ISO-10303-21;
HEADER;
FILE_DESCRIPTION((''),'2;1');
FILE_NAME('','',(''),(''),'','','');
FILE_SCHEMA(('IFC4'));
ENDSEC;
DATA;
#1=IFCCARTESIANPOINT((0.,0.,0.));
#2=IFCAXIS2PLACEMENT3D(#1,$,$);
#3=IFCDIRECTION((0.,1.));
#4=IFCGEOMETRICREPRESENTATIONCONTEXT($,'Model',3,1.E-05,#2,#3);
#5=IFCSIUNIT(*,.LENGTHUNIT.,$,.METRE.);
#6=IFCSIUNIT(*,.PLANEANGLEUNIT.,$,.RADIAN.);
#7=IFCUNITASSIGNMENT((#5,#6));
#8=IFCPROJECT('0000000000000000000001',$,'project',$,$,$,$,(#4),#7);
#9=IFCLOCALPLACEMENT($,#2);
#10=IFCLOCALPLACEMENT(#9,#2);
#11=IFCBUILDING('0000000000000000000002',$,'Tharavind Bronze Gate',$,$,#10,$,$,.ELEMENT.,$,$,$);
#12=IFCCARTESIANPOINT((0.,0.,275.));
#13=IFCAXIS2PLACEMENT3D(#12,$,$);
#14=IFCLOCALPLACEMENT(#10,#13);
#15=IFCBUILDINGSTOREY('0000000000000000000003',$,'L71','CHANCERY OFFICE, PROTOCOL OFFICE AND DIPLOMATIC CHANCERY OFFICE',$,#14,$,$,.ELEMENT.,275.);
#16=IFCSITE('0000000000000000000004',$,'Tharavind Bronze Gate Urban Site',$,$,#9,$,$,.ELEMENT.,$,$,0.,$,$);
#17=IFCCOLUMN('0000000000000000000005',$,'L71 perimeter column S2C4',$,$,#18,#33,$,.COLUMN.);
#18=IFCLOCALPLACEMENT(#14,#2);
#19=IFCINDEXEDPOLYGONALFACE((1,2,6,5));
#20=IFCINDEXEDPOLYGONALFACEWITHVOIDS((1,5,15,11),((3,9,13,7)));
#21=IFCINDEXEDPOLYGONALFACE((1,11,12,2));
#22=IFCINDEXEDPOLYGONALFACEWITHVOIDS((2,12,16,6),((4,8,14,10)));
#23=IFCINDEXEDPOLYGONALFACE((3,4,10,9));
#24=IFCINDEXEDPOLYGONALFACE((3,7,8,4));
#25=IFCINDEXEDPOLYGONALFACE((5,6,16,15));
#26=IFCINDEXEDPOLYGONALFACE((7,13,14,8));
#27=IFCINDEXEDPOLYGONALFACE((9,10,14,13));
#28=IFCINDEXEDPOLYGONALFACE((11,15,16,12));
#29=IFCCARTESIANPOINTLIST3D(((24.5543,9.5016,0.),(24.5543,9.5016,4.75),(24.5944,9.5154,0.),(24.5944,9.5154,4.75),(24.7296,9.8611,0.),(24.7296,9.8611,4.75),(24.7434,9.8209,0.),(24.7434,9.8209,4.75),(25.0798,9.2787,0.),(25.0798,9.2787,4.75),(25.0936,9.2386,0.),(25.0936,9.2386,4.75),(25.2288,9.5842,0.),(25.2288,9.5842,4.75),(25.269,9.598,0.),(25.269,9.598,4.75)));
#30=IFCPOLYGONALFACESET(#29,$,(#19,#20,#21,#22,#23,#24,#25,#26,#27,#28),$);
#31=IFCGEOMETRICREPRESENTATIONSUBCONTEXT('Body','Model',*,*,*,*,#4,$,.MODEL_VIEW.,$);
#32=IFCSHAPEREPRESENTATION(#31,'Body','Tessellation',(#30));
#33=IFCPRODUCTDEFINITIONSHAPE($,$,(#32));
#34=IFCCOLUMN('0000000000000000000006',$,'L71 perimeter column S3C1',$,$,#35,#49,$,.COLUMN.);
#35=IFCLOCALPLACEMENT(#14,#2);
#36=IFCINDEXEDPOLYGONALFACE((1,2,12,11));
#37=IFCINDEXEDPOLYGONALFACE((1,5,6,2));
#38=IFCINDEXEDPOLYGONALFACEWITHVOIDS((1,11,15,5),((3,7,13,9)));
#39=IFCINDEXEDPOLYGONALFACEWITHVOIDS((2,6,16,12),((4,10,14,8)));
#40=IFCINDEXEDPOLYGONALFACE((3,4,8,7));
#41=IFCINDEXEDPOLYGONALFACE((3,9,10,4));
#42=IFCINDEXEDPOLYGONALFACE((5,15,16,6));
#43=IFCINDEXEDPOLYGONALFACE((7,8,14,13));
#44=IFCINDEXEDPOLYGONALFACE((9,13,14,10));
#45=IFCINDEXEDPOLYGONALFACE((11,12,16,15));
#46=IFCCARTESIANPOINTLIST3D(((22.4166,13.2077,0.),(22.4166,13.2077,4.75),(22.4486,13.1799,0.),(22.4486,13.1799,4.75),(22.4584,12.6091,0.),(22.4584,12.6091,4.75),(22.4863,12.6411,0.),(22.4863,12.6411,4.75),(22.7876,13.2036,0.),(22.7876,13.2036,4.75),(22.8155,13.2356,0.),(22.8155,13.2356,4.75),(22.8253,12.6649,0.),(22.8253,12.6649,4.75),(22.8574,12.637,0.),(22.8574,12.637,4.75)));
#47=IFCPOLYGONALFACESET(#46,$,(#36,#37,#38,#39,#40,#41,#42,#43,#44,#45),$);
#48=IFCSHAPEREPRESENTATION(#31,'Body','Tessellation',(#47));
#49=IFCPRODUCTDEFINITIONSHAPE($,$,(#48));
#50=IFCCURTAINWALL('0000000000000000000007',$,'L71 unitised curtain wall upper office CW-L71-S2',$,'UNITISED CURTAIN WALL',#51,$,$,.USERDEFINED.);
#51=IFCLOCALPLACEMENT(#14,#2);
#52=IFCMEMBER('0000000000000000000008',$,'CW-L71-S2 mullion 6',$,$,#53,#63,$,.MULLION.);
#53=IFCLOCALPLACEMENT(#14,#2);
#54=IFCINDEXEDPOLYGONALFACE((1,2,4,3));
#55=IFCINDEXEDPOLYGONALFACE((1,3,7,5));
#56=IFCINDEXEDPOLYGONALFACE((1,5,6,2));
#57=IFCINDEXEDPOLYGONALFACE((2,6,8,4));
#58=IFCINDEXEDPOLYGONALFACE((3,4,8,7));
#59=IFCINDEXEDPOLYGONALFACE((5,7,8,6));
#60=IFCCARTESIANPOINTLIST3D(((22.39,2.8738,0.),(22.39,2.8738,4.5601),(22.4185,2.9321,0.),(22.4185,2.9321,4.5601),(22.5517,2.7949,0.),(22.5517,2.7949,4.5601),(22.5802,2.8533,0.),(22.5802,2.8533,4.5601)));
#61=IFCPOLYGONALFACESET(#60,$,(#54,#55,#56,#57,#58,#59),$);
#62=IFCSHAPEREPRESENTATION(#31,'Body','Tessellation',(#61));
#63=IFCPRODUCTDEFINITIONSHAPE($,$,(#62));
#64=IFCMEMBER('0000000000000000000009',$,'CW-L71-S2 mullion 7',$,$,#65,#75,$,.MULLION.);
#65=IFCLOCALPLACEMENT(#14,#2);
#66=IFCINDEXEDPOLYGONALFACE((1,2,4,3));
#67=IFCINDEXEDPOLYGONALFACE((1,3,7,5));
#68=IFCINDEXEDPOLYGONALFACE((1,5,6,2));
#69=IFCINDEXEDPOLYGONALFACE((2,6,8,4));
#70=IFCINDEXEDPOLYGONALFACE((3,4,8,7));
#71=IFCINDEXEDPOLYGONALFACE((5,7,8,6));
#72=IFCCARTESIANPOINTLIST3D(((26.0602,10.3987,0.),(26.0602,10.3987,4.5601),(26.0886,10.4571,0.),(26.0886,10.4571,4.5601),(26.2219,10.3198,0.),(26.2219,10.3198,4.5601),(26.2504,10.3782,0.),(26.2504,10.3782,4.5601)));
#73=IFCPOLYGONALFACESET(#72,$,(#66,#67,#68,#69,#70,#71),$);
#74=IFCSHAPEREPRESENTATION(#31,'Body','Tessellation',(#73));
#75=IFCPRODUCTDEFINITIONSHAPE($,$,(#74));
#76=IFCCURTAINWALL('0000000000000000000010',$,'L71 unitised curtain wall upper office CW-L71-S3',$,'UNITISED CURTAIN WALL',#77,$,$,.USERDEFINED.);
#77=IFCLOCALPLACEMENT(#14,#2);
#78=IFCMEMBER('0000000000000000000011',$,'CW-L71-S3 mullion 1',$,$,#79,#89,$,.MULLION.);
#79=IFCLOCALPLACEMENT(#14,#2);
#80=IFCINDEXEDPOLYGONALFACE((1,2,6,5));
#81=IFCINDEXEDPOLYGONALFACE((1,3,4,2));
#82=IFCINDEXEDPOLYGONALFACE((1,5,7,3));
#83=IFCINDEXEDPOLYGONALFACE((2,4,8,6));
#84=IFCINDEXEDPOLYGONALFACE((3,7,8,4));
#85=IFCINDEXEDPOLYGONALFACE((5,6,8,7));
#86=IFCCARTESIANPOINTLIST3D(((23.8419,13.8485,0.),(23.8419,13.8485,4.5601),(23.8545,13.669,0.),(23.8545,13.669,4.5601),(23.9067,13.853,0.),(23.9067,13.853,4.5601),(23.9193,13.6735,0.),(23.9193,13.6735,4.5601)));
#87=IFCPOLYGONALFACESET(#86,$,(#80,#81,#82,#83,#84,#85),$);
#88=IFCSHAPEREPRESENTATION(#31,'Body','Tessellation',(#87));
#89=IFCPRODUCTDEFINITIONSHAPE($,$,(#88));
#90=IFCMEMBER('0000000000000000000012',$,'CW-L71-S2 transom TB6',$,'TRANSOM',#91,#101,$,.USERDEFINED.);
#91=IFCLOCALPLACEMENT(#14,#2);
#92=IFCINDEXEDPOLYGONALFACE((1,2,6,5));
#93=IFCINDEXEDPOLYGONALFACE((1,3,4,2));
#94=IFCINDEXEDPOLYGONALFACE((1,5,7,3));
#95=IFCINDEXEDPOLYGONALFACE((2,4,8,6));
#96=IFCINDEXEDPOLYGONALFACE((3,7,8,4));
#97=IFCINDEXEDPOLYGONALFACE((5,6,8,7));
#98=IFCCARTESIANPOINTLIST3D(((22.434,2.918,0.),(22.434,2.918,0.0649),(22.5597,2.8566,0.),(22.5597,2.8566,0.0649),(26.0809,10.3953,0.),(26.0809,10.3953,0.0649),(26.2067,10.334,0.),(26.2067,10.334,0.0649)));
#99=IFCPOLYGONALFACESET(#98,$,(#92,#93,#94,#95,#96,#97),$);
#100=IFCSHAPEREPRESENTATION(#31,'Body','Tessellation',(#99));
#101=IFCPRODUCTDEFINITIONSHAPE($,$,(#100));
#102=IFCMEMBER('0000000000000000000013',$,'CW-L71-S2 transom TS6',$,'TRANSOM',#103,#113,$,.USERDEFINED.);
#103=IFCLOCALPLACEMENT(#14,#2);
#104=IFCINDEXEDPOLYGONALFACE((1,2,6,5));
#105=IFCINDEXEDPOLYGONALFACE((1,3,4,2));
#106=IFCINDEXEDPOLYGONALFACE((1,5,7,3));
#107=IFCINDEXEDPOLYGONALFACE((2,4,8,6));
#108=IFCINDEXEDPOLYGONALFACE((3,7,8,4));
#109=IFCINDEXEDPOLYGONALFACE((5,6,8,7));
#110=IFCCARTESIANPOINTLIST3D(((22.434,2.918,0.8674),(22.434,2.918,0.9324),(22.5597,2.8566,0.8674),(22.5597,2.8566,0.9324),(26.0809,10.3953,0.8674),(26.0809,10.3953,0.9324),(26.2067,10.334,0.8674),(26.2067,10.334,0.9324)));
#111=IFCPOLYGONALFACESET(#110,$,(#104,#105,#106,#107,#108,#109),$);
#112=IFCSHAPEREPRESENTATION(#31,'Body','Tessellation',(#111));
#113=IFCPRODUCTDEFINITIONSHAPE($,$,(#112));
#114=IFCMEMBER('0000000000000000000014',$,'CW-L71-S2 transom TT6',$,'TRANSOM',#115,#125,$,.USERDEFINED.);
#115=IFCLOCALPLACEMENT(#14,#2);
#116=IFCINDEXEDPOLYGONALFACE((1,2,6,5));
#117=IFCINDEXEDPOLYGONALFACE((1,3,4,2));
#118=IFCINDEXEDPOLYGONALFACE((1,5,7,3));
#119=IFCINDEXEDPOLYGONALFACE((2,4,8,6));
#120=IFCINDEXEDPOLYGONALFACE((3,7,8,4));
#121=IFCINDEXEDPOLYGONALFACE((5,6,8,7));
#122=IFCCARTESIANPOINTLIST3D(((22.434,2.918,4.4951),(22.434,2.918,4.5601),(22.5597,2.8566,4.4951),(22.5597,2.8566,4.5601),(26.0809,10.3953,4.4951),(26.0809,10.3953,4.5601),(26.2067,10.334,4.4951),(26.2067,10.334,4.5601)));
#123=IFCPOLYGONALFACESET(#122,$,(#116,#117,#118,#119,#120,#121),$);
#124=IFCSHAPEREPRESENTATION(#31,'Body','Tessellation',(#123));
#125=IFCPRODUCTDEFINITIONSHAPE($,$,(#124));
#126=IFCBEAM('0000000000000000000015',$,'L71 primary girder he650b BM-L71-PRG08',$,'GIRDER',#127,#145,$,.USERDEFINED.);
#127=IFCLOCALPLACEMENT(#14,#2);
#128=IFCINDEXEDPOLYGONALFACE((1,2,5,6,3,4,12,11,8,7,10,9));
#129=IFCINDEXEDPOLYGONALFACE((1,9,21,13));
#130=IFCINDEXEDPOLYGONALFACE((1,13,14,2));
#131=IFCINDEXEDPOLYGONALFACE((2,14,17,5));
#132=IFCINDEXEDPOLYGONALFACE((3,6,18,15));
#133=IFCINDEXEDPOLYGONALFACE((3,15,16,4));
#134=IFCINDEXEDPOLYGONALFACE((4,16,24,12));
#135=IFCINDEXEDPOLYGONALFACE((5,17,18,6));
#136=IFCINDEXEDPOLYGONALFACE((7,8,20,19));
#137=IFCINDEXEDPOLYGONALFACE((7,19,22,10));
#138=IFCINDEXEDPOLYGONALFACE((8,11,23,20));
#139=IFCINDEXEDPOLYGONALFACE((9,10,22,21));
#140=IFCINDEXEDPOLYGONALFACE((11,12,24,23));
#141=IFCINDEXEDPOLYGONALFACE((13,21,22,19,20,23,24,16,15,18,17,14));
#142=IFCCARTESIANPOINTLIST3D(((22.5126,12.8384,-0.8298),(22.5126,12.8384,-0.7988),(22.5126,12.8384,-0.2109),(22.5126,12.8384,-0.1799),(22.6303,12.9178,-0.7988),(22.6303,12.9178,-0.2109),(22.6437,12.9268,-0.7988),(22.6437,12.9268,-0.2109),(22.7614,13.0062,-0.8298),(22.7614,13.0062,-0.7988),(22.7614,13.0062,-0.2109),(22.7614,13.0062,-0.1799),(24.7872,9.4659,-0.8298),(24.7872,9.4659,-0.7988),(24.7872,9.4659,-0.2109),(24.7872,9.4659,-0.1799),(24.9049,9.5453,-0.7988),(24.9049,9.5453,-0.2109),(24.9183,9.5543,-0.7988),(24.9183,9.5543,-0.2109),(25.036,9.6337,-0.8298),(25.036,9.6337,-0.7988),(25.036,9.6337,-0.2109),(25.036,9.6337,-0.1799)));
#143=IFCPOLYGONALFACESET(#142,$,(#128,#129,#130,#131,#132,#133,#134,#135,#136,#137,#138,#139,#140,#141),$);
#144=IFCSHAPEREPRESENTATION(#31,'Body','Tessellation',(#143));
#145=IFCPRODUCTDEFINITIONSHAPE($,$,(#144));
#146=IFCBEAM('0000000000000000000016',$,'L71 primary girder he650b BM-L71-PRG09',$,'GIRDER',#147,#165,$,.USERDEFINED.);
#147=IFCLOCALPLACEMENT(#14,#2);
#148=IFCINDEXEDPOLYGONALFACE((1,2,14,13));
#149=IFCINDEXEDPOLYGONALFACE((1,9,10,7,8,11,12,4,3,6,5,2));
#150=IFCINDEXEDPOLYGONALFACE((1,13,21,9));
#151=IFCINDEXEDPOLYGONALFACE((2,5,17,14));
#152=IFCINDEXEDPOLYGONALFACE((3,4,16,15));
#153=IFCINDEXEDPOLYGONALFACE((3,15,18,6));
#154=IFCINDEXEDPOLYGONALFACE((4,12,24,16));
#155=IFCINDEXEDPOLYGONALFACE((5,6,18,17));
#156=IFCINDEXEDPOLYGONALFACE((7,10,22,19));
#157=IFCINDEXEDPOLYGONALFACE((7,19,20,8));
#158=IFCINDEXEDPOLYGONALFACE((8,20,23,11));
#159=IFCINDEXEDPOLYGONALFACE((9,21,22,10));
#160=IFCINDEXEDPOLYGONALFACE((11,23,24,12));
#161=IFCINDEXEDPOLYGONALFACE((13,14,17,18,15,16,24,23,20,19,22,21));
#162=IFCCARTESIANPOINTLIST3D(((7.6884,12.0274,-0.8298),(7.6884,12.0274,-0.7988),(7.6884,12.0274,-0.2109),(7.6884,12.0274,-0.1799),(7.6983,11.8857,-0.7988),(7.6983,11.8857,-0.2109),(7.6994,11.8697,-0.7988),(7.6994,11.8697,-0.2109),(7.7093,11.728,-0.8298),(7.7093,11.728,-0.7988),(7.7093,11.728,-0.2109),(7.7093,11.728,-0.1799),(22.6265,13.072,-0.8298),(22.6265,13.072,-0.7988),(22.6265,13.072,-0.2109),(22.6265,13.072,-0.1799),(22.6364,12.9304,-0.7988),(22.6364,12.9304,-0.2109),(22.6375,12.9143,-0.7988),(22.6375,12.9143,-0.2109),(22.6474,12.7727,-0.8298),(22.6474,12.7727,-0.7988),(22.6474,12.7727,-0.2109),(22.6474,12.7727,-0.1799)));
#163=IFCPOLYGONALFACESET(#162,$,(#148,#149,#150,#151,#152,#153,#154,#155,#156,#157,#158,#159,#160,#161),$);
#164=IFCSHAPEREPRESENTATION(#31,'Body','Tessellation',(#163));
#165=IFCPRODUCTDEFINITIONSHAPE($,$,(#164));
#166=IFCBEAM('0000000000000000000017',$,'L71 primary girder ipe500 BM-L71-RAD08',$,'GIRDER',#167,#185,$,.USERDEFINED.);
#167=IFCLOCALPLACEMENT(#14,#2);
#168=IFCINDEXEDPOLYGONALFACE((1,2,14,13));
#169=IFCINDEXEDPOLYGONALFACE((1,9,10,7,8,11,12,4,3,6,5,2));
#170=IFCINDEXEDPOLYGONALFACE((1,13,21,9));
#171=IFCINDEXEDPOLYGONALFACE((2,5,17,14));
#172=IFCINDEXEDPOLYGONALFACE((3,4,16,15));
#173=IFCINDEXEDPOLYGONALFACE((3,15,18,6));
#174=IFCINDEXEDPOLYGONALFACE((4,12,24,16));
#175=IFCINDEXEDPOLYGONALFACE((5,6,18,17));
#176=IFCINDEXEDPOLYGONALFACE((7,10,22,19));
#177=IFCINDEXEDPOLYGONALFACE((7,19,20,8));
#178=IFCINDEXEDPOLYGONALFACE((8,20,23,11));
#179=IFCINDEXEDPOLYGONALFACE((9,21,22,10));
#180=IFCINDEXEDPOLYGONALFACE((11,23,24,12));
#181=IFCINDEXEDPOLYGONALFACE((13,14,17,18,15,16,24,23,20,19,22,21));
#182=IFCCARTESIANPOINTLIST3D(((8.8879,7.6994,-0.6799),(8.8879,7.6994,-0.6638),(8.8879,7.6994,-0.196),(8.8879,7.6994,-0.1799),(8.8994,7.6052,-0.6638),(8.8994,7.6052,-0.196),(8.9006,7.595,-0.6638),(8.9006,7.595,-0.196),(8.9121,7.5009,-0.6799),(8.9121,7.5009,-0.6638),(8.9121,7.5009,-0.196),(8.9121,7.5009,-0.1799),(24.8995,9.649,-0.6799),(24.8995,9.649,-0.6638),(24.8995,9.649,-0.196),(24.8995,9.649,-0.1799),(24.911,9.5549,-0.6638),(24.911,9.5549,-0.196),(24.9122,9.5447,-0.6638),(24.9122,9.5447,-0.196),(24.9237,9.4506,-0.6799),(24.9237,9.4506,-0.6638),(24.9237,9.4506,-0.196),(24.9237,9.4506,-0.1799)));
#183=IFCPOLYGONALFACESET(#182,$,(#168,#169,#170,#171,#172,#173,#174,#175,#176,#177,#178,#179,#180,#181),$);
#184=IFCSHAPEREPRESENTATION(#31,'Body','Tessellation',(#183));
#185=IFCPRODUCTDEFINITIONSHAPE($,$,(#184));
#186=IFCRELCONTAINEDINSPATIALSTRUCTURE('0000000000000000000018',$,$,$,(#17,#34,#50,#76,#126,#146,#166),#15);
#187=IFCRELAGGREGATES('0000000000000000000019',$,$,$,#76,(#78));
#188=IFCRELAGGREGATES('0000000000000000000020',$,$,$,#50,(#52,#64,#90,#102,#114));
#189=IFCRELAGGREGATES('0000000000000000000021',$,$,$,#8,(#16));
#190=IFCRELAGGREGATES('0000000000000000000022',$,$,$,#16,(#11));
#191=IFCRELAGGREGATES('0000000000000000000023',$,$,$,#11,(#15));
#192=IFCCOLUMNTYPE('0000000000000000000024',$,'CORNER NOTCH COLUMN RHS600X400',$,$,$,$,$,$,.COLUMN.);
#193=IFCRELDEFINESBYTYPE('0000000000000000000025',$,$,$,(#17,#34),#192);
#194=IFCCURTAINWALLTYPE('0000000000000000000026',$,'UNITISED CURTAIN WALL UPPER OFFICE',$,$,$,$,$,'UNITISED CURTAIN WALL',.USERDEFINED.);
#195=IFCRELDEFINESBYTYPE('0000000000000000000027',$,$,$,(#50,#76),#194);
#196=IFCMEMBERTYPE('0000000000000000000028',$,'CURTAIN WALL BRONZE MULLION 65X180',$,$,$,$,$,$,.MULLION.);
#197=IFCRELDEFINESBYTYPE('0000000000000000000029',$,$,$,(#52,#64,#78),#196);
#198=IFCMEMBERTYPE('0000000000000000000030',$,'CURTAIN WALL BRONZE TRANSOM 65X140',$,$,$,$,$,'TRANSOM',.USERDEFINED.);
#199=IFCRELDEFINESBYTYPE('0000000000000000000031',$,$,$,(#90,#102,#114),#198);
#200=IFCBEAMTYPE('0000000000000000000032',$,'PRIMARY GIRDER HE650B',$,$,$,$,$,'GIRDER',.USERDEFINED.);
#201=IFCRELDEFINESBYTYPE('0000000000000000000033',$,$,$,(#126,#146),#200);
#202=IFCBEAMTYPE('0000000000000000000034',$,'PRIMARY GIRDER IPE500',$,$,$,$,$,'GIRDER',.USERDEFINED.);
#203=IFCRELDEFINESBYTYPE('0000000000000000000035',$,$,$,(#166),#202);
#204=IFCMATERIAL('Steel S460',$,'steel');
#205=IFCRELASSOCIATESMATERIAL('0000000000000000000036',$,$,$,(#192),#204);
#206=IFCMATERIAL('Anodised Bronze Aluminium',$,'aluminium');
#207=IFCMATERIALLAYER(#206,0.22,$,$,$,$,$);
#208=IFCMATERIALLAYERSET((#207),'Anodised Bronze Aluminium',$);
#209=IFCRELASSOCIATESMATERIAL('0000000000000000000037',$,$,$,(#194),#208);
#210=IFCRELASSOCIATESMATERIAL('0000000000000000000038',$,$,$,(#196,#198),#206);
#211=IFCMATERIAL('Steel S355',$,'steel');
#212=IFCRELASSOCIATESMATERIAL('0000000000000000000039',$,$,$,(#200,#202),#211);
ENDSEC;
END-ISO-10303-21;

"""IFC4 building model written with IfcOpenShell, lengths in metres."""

from ifc_helpers import new_model, si_unit, direction, frame, origin, origin_2d, place, context, subcontext, project, spatial, rectangle, hollow_rectangle, i_section, extrude, material, layer, layer_set, material_profile, profile_set, type_object, element, aggregate, save


model = new_model("IFC4")

# Units and contexts
model_context = context("Model", 3, precision=1e-05, world=origin(), true_north=direction((0.0, 1.0)))
body_context = subcontext(model_context, "Body", "Model", "MODEL_VIEW")
ifc_project = project(units=[si_unit("LENGTHUNIT", "METRE"), si_unit("PLANEANGLEUNIT", "RADIAN")], contexts=[model_context])

# Site, building, storey
site_placement = place(None, origin())
site = spatial("IfcSite", under=ifc_project, at=site_placement, Name="Tharavind Bronze Gate Urban Site", CompositionType="ELEMENT", RefElevation=0.0)
building_placement = place(site_placement, origin())
building = spatial("IfcBuilding", under=site, at=building_placement, Name="Tharavind Bronze Gate", CompositionType="ELEMENT")
storey_placement = place(building_placement, frame((0.0, 0.0, 275.0)))
storey = spatial("IfcBuildingStorey", under=building, at=storey_placement, Name="L71", Description="CHANCERY OFFICE, PROTOCOL OFFICE AND DIPLOMATIC CHANCERY OFFICE", CompositionType="ELEMENT", Elevation=275.0)

# Columns
ifc_material_1 = material(Name="Steel S460", Category="steel")
ifc_material_profile_1 = material_profile(ifc_material_1, hollow_rectangle(XDim=0.3999, YDim=0.6001, WallThickness=0.03, at=origin_2d()), Name="RHS600X400X30")
ifc_profile_set_1 = profile_set([ifc_material_profile_1], Name="Steel S460")
column_type = type_object("IfcColumnType", Name="CORNER NOTCH COLUMN RHS600X400", PredefinedType="COLUMN", material=ifc_profile_set_1)
for number, where, z_axis, x_axis, name in (
    (1, (24.9116, 9.5498, 0.0), (0.0, 0.0, 1.0), (0.438373, 0.898793, 0.0), "L71 perimeter column S2C4"),
    (2, (22.637, 12.9224, 0.0), (0.0, 0.0, 1.0), (0.997564, 0.069758, 0.0), "L71 perimeter column S3C1"),
):
    element("IfcColumn", number, at=place(storey_placement, frame(where, z_axis=z_axis, x_axis=x_axis)), inside=storey, type_object=column_type, Name=name, PredefinedType="COLUMN", context=body_context, shape_type="SweptSolid", body=[
        extrude(hollow_rectangle(XDim=0.3999, YDim=0.6001, WallThickness=0.03, at=origin_2d()), origin(), (0.0, 0.0, 1.0), 4.75),
    ])

# Curtain wall, members
ifc_material_2 = material(Name="Anodised Bronze Aluminium", Category="aluminium")
ifc_layer_1 = layer(ifc_material_2, 0.22)
ifc_layer_set_1 = layer_set([ifc_layer_1], Name="Anodised Bronze Aluminium")
curtain_wall_type = type_object("IfcCurtainWallType", Name="UNITISED CURTAIN WALL UPPER OFFICE", ElementType="UNITISED CURTAIN WALL", PredefinedType="USERDEFINED", material=ifc_layer_set_1)
curtain_wall_1_placement = place(storey_placement, origin())
curtain_wall_1 = element("IfcCurtainWall", 3, at=curtain_wall_1_placement, inside=storey, type_object=curtain_wall_type, Name="L71 unitised curtain wall upper office CW-L71-S2", ObjectType="UNITISED CURTAIN WALL", PredefinedType="USERDEFINED")
member_type_1 = type_object("IfcMemberType", Name="CURTAIN WALL BRONZE MULLION 65X180", PredefinedType="MULLION", material=ifc_material_2)
member_1_placement = place(storey_placement, frame((22.4851, 2.8635, 0.0), z_axis=(0.0, 0.0, 1.0), x_axis=(0.438373, 0.898793, 0.0)))
member_1 = element("IfcMember", 4, at=member_1_placement, type_object=member_type_1, Name="CW-L71-S2 mullion 6", PredefinedType="MULLION", context=body_context, shape_type="SweptSolid", body=[
    extrude(rectangle(XDim=0.0649, YDim=0.1799, at=origin_2d()), origin(), (0.0, 0.0, 1.0), 4.5601),
])
member_2_placement = place(storey_placement, frame((26.1553, 10.3884, 0.0), z_axis=(0.0, 0.0, 1.0), x_axis=(0.438373, 0.898793, 0.0)))
member_2 = element("IfcMember", 5, at=member_2_placement, type_object=member_type_1, Name="CW-L71-S2 mullion 7", PredefinedType="MULLION", context=body_context, shape_type="SweptSolid", body=[
    extrude(rectangle(XDim=0.0649, YDim=0.1799, at=origin_2d()), origin(), (0.0, 0.0, 1.0), 4.5601),
])

# Curtain wall, member
curtain_wall_2_placement = place(storey_placement, origin())
curtain_wall_2 = element("IfcCurtainWall", 6, at=curtain_wall_2_placement, inside=storey, type_object=curtain_wall_type, Name="L71 unitised curtain wall upper office CW-L71-S3", ObjectType="UNITISED CURTAIN WALL", PredefinedType="USERDEFINED")
member_3_placement = place(storey_placement, frame((23.8806, 13.761, 0.0), z_axis=(0.0, 0.0, 1.0), x_axis=(-0.997564, -0.06976, 0.0)))
member_3 = element("IfcMember", 7, at=member_3_placement, type_object=member_type_1, Name="CW-L71-S3 mullion 1", PredefinedType="MULLION", context=body_context, shape_type="SweptSolid", body=[
    extrude(rectangle(XDim=0.0649, YDim=0.1799, at=origin_2d()), origin(), (0.0, 0.0, 1.0), 4.5601),
])
aggregate(curtain_wall_2, [member_3])

# Members
member_type_2 = type_object("IfcMemberType", Name="CURTAIN WALL BRONZE TRANSOM 65X140", ElementType="TRANSOM", PredefinedType="USERDEFINED", material=ifc_material_2)
member_4_placement = place(storey_placement, frame((24.3203, 6.626, 0.0), z_axis=(0.0, 0.0, 1.0), x_axis=(0.438373, 0.898793, 0.0)))
member_4 = element("IfcMember", 8, at=member_4_placement, type_object=member_type_2, Name="CW-L71-S2 transom TB6", ObjectType="TRANSOM", PredefinedType="USERDEFINED", context=body_context, shape_type="SweptSolid", body=[
    extrude(rectangle(XDim=8.3193, YDim=0.1399, at=origin_2d()), origin(), (0.0, 0.0, 1.0), 0.0649),
])
member_5_placement = place(storey_placement, frame((24.3203, 6.626, 0.8674), z_axis=(0.0, 0.0, 1.0), x_axis=(0.438373, 0.898793, 0.0)))
member_5 = element("IfcMember", 9, at=member_5_placement, type_object=member_type_2, Name="CW-L71-S2 transom TS6", ObjectType="TRANSOM", PredefinedType="USERDEFINED", context=body_context, shape_type="SweptSolid", body=[
    extrude(rectangle(XDim=8.3193, YDim=0.1399, at=origin_2d()), origin(), (0.0, 0.0, 1.0), 0.0649),
])
member_6_placement = place(storey_placement, frame((24.3203, 6.626, 4.4951), z_axis=(0.0, 0.0, 1.0), x_axis=(0.438373, 0.898793, 0.0)))
member_6 = element("IfcMember", 10, at=member_6_placement, type_object=member_type_2, Name="CW-L71-S2 transom TT6", ObjectType="TRANSOM", PredefinedType="USERDEFINED", context=body_context, shape_type="SweptSolid", body=[
    extrude(rectangle(XDim=8.3193, YDim=0.1399, at=origin_2d()), origin(), (0.0, 0.0, 1.0), 0.0649),
])

# Beams
ifc_material_3 = material(Name="Steel S355", Category="steel")
ifc_material_profile_2 = material_profile(ifc_material_3, i_section(OverallWidth=0.3, OverallDepth=0.6499, WebThickness=0.0161, FlangeThickness=0.031, at=origin_2d()), Name="HE650B")
ifc_profile_set_2 = profile_set([ifc_material_profile_2], Name="Steel S355")
beam_type_1 = type_object("IfcBeamType", Name="PRIMARY GIRDER HE650B", ElementType="GIRDER", PredefinedType="USERDEFINED", material=ifc_profile_set_2)
beam_1_placement = place(storey_placement, frame((24.9116, 9.5498, -0.5049), z_axis=(-0.559166, 0.829056, 0.0), x_axis=(-0.829056, -0.559166, 0.0)))
element("IfcBeam", 11, at=beam_1_placement, inside=storey, type_object=beam_type_1, Name="L71 primary girder he650b BM-L71-PRG08", ObjectType="GIRDER", PredefinedType="USERDEFINED", context=body_context, shape_type="SweptSolid", body=[
    extrude(i_section(OverallWidth=0.3, OverallDepth=0.6499, WebThickness=0.0161, FlangeThickness=0.031, at=origin_2d()), origin(), (0.0, 0.0, 1.0), 4.0679),
])
beam_2_placement = place(storey_placement, frame((22.637, 12.9224, -0.5049), z_axis=(-0.997564, -0.069763, 0.0), x_axis=(0.069763, -0.997564, 0.0)))
element("IfcBeam", 12, at=beam_2_placement, inside=storey, type_object=beam_type_1, Name="L71 primary girder he650b BM-L71-PRG09", ObjectType="GIRDER", PredefinedType="USERDEFINED", context=body_context, shape_type="SweptSolid", body=[
    extrude(i_section(OverallWidth=0.3, OverallDepth=0.6499, WebThickness=0.0161, FlangeThickness=0.031, at=origin_2d()), origin(), (0.0, 0.0, 1.0), 14.9746),
])
ifc_material_profile_3 = material_profile(ifc_material_3, i_section(OverallWidth=0.2, OverallDepth=0.5, WebThickness=0.0103, FlangeThickness=0.0161, at=origin_2d()), Name="IPE500")
ifc_profile_set_3 = profile_set([ifc_material_profile_3], Name="Steel S355")
beam_type_2 = type_object("IfcBeamType", Name="PRIMARY GIRDER IPE500", ElementType="GIRDER", PredefinedType="USERDEFINED", material=ifc_profile_set_3)
beam_3_placement = place(storey_placement, frame((24.9116, 9.5498, -0.4299), z_axis=(-0.992668, -0.120875, 0.0), x_axis=(0.120875, -0.992668, 0.0)))
element("IfcBeam", 13, at=beam_3_placement, inside=storey, type_object=beam_type_2, Name="L71 primary girder ipe500 BM-L71-RAD08", ObjectType="GIRDER", PredefinedType="USERDEFINED", context=body_context, shape_type="SweptSolid", body=[
    extrude(i_section(OverallWidth=0.2, OverallDepth=0.5, WebThickness=0.0103, FlangeThickness=0.0161, at=origin_2d()), origin(), (0.0, 0.0, 1.0), 16.1299),
])

aggregate(curtain_wall_1, [member_1, member_2, member_4, member_5, member_6])

save(model, "model.ifc")
